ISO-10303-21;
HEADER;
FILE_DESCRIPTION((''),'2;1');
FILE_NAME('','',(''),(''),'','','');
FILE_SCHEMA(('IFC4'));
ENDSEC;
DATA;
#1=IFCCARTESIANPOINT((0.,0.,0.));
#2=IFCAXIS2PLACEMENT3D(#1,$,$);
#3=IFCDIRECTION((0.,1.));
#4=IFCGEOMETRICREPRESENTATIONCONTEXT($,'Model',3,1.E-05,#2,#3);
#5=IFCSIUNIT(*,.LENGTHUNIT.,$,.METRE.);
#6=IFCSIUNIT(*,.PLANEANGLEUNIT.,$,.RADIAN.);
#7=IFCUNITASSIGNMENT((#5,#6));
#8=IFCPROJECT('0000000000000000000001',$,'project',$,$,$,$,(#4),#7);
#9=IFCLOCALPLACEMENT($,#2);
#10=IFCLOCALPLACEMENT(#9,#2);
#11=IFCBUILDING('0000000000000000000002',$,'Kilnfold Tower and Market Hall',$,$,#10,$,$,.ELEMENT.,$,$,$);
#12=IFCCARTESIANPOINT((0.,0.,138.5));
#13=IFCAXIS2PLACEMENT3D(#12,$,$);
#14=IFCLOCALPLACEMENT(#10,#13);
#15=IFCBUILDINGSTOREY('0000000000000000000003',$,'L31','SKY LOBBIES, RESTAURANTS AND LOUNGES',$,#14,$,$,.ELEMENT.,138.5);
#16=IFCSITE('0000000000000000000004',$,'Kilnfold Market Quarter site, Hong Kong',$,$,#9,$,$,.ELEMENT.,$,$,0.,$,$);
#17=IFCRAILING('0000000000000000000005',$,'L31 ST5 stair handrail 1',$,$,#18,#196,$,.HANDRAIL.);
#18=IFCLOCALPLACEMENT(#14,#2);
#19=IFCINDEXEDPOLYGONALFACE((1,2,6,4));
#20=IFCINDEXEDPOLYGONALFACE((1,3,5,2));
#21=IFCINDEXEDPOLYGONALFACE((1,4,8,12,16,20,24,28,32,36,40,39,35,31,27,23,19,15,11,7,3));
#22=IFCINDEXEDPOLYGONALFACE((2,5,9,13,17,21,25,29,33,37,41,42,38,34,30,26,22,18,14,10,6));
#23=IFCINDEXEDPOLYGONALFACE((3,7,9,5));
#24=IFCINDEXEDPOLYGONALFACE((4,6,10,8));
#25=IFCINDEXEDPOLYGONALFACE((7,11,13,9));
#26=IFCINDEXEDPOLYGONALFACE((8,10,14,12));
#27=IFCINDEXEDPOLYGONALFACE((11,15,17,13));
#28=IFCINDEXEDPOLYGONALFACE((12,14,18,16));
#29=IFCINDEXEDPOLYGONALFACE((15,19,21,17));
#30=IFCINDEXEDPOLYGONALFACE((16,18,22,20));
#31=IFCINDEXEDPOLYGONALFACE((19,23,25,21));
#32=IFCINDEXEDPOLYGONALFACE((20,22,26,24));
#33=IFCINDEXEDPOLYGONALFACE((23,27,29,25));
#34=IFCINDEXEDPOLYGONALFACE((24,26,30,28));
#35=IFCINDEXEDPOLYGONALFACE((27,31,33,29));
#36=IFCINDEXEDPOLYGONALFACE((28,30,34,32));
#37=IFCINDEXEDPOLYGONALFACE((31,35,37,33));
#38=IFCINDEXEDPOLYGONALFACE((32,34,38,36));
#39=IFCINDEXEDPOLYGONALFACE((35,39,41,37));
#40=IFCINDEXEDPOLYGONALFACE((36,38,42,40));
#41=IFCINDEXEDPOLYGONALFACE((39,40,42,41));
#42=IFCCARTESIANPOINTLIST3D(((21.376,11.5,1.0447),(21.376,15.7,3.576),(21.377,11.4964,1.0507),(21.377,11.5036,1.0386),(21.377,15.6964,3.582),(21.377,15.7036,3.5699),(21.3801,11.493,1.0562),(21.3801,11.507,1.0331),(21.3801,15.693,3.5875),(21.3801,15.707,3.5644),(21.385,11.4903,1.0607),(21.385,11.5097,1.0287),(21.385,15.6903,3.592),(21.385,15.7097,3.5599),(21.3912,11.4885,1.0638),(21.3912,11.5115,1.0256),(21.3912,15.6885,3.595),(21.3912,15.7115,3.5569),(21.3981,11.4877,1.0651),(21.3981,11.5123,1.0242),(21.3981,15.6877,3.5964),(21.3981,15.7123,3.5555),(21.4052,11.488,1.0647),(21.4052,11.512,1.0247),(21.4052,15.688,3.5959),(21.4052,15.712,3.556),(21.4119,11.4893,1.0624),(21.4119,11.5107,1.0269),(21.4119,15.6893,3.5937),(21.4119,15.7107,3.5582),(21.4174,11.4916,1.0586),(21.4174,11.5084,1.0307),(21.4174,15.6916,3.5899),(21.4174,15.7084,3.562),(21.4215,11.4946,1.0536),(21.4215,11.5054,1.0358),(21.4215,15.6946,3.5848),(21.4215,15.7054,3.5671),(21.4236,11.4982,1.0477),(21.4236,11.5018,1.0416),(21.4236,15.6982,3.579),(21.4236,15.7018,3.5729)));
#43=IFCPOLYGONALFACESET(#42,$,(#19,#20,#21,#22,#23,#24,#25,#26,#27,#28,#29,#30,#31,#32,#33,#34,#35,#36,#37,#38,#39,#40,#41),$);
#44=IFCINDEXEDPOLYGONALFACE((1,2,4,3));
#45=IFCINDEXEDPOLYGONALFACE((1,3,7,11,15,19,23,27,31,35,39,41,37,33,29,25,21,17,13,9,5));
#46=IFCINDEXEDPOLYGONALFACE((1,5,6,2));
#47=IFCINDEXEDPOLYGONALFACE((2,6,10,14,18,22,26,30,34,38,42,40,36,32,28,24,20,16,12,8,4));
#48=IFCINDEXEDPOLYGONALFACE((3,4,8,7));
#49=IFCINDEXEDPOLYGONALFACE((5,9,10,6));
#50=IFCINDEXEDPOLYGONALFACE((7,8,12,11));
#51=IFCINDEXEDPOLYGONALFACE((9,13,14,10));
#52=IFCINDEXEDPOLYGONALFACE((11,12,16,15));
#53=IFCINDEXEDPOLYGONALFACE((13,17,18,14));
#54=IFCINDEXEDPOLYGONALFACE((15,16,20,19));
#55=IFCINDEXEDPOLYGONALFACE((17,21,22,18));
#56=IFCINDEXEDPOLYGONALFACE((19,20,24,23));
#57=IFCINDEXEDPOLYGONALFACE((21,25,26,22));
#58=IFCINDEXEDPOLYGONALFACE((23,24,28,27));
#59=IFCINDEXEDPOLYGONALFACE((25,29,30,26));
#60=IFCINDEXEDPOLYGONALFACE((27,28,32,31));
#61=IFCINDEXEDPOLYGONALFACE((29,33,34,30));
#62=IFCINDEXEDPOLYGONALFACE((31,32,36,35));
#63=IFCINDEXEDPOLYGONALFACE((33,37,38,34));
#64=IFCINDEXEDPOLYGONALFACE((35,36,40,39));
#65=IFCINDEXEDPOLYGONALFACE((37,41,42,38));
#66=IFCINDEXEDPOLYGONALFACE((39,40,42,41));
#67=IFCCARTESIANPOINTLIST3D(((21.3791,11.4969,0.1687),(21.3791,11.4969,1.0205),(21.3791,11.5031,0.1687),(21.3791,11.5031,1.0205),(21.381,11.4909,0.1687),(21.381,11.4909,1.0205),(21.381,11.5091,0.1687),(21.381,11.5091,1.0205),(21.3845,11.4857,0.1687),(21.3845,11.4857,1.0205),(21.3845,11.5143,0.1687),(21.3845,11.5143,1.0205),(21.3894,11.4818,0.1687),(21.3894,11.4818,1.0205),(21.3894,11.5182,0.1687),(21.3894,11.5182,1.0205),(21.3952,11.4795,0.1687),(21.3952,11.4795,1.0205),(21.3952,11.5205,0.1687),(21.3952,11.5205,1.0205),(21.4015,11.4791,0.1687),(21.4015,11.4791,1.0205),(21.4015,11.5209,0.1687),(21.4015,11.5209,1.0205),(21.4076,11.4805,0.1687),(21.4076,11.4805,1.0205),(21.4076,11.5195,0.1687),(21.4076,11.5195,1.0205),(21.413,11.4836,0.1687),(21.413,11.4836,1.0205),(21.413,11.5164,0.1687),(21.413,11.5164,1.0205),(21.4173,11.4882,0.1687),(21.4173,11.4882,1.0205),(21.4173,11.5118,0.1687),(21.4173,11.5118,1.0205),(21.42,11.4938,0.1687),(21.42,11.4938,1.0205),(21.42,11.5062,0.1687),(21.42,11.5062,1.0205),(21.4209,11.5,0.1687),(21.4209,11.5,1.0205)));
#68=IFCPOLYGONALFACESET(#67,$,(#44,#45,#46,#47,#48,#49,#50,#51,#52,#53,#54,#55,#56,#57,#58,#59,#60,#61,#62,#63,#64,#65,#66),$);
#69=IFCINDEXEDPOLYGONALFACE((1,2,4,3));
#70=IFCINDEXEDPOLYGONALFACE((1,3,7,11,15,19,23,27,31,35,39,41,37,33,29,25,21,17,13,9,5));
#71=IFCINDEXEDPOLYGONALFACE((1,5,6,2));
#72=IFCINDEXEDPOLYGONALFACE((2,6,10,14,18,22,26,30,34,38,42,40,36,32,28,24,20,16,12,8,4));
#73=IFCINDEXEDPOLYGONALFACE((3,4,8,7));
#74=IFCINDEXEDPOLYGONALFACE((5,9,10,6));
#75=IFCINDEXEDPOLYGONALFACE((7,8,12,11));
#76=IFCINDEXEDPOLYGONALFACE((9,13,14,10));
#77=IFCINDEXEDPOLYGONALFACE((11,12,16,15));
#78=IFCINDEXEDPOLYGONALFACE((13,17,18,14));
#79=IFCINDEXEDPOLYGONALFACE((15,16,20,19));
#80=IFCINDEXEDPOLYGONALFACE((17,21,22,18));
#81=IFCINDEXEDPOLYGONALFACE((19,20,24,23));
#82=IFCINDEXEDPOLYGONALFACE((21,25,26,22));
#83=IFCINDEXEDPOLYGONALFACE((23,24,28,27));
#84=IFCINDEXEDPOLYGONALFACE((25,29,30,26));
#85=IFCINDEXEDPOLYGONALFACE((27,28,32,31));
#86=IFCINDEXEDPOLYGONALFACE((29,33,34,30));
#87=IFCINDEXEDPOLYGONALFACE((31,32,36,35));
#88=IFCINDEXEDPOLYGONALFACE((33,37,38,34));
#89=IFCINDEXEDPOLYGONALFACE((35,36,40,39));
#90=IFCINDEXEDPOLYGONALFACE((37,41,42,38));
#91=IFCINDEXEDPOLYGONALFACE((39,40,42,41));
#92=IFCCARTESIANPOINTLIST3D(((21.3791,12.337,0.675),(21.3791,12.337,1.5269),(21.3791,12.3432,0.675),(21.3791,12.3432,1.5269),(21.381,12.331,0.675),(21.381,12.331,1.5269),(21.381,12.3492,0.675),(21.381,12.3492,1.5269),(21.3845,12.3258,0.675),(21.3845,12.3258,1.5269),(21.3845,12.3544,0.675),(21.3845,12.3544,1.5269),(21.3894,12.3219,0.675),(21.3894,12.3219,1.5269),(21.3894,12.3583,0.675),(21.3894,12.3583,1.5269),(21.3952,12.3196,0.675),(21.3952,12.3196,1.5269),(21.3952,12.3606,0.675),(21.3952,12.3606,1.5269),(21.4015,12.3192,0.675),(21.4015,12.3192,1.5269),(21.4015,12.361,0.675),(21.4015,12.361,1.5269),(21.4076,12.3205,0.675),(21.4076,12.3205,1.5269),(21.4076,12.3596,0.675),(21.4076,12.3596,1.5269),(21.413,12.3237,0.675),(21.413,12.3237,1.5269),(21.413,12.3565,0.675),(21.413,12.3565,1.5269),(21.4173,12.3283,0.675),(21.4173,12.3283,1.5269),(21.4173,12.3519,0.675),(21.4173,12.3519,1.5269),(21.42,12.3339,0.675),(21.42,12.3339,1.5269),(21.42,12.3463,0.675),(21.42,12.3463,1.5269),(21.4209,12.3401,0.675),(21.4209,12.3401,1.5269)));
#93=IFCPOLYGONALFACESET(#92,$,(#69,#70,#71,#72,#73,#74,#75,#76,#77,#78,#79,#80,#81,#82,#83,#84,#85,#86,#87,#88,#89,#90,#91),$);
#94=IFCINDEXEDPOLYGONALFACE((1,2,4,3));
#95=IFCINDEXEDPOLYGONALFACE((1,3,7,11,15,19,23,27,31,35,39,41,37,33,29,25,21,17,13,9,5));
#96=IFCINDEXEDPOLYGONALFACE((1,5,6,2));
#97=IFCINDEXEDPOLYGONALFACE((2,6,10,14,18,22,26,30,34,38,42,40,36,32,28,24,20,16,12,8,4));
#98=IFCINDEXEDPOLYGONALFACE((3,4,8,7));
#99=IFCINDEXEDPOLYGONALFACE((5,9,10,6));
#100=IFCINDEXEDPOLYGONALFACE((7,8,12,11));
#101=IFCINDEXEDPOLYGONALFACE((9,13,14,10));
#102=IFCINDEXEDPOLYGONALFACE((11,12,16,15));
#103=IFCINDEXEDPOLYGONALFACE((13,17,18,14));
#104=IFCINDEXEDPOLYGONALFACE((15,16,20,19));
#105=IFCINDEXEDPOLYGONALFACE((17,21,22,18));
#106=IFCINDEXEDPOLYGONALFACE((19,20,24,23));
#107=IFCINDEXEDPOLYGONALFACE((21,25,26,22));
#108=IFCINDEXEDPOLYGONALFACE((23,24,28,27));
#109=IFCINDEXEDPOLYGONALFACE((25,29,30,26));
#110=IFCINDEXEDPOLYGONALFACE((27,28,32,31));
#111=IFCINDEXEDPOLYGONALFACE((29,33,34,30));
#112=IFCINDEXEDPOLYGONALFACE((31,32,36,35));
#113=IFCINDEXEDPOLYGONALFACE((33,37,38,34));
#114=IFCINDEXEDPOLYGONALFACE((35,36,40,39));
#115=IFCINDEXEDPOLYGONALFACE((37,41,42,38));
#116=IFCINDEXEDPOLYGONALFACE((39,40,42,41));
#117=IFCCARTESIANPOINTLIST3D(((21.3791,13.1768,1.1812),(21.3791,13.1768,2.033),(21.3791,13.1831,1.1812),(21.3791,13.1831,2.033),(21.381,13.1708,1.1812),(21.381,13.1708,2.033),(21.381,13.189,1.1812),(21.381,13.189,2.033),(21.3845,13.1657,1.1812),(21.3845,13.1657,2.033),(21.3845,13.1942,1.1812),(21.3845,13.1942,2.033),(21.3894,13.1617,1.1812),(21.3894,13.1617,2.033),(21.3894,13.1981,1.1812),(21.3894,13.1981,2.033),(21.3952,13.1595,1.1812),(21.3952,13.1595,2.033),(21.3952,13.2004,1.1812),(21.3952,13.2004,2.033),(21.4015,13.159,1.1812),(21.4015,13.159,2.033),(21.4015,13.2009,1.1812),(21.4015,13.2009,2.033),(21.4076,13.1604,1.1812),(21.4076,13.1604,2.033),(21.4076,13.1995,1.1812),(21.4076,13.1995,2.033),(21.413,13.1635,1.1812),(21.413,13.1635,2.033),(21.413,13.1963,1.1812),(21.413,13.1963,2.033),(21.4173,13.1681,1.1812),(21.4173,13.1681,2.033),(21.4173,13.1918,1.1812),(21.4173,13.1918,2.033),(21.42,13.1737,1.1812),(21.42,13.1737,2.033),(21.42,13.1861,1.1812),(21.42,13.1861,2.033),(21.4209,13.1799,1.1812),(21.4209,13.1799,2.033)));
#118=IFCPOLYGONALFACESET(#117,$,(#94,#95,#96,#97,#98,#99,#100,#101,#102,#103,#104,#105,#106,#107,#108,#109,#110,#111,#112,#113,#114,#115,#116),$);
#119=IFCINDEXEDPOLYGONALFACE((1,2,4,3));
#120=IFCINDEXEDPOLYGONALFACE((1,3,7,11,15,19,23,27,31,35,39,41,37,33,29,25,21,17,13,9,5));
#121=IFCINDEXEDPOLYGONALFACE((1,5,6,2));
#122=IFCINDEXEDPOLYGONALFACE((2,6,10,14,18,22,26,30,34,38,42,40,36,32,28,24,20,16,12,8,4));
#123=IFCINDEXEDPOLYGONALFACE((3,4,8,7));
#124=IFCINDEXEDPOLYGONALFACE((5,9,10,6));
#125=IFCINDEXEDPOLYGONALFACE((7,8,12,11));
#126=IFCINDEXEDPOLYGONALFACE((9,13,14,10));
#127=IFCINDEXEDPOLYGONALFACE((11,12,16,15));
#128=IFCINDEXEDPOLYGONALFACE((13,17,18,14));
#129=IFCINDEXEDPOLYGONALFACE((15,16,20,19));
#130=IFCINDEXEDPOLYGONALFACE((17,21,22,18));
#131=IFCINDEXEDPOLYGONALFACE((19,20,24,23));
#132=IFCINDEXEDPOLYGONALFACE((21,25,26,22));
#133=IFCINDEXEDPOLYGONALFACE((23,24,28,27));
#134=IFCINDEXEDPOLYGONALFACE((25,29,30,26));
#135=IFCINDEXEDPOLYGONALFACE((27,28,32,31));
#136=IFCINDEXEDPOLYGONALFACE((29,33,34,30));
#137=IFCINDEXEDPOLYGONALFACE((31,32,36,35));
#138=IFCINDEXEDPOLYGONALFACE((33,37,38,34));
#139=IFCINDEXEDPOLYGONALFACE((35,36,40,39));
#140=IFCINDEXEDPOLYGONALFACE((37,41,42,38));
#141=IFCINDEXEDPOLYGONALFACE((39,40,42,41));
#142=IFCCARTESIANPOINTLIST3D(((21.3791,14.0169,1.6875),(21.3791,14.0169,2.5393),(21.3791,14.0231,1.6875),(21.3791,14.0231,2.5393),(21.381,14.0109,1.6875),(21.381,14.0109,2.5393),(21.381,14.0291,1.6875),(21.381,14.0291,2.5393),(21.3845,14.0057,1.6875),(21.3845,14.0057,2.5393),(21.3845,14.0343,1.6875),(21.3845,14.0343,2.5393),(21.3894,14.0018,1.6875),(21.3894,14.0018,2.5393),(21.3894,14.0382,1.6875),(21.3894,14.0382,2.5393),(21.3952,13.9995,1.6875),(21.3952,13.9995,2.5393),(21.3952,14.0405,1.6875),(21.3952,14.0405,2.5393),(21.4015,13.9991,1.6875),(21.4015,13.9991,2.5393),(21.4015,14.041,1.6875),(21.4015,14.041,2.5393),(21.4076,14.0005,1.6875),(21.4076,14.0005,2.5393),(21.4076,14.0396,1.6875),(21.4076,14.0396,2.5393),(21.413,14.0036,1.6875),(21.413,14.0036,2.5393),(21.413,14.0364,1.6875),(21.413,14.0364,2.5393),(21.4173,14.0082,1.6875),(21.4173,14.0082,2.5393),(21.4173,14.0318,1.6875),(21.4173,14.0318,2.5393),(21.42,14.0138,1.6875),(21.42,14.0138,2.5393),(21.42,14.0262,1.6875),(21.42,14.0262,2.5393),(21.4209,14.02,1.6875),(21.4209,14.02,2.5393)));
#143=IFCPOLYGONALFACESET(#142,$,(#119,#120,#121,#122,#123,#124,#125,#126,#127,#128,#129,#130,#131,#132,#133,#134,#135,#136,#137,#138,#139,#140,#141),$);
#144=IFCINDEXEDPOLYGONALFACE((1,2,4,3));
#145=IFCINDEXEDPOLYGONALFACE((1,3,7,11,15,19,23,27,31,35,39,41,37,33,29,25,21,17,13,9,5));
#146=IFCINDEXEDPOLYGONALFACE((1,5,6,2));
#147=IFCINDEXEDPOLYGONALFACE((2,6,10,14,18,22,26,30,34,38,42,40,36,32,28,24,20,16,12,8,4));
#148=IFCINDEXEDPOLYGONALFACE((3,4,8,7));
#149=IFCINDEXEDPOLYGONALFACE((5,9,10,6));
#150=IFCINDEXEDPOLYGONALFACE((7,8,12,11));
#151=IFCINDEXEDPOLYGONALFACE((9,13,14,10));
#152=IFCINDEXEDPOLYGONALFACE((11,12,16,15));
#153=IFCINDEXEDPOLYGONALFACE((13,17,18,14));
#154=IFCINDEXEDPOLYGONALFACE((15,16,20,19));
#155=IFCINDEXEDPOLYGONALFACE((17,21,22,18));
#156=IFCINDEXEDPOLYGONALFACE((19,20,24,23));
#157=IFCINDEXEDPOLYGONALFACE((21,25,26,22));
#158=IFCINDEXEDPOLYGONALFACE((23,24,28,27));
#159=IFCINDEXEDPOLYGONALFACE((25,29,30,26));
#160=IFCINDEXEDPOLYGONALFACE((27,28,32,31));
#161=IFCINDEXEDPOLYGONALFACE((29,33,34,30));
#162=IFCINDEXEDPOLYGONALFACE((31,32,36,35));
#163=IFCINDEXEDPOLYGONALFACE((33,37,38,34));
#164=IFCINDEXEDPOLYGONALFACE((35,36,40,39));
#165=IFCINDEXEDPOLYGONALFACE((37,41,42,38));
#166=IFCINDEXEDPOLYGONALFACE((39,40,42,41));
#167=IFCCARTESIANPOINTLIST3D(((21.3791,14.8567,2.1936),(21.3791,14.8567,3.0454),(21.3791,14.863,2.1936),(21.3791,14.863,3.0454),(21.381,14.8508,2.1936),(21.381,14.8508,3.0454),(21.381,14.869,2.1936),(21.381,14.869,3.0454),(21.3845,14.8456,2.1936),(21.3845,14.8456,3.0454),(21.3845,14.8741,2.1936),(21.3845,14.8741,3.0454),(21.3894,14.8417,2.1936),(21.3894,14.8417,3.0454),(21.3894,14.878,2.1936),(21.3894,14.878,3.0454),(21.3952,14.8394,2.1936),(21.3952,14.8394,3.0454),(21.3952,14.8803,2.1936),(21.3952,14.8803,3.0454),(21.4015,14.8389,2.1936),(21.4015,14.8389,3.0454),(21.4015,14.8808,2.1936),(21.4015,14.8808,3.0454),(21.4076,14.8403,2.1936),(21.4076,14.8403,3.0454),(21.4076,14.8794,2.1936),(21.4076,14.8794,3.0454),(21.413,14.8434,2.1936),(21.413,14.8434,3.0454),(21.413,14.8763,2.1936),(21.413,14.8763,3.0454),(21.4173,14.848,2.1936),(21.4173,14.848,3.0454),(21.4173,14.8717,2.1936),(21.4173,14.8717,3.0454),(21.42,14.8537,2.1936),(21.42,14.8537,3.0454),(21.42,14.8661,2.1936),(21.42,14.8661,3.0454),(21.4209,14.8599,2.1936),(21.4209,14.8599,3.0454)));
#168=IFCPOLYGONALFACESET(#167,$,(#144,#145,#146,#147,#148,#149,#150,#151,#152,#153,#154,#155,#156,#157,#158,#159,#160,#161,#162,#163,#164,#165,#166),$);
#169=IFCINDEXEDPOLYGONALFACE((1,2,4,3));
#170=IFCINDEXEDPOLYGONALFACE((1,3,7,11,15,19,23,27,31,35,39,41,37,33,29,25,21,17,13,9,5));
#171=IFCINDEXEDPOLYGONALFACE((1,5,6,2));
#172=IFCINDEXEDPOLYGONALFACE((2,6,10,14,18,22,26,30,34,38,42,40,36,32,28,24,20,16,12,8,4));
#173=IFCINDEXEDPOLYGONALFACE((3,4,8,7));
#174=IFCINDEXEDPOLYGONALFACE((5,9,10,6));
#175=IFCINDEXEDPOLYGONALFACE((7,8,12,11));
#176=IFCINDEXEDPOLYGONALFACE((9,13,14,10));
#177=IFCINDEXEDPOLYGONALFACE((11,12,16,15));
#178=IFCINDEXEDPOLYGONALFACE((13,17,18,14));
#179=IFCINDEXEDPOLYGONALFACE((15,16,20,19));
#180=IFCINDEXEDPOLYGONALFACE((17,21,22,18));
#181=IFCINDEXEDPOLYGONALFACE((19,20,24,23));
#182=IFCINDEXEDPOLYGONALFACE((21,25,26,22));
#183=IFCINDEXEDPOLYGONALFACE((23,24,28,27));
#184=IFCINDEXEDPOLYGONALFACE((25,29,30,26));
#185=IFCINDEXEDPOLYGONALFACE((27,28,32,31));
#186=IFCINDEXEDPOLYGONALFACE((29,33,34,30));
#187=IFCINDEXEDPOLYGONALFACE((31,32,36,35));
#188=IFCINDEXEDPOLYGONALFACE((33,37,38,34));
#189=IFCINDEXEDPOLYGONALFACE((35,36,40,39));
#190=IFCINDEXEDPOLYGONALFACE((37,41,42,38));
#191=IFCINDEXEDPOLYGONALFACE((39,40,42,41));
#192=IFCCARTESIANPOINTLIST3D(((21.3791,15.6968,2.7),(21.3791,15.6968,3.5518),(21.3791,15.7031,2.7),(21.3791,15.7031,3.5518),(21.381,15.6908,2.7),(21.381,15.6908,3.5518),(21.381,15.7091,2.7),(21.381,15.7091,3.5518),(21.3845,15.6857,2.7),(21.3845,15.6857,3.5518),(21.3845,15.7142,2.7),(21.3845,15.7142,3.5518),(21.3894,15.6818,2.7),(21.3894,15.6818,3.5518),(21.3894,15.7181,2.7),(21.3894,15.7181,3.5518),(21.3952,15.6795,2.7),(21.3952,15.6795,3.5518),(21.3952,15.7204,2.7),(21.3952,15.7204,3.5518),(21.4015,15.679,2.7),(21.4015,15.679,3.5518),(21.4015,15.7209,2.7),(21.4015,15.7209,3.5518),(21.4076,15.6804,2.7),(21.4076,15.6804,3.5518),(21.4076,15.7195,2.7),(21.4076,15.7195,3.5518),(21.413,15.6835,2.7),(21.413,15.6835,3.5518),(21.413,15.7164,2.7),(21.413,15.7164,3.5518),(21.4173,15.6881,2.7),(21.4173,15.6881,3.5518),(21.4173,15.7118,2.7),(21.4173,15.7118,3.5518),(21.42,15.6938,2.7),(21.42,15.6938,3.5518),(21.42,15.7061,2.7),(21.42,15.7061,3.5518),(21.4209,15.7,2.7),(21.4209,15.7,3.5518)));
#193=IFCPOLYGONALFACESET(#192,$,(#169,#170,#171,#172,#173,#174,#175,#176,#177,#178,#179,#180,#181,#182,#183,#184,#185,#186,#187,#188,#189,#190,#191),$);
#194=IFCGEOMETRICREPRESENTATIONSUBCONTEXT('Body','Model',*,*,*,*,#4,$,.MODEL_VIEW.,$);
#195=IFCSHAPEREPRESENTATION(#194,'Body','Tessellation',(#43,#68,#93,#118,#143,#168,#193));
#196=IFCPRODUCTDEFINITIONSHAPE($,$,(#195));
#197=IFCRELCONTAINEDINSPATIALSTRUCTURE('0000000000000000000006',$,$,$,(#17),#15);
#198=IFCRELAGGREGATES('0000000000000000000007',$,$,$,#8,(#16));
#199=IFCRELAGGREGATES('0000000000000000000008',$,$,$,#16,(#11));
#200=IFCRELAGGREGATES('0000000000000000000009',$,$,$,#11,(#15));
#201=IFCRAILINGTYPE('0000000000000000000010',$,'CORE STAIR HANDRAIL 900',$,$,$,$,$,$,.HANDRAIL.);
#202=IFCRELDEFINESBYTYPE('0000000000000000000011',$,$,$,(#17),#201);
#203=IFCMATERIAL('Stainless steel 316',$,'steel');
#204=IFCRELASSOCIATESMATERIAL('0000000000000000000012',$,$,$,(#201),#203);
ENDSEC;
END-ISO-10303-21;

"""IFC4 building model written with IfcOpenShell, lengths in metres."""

from ifc_helpers import new_model, si_unit, direction, frame, origin, origin_2d, place, context, subcontext, project, spatial, circle, extrude, material, type_object, element, save


model = new_model("IFC4")

# Units and contexts
model_context = context("Model", 3, precision=1e-05, world=origin(), true_north=direction((0.0, 1.0)))
body_context = subcontext(model_context, "Body", "Model", "MODEL_VIEW")
ifc_project = project(units=[si_unit("LENGTHUNIT", "METRE"), si_unit("PLANEANGLEUNIT", "RADIAN")], contexts=[model_context])

# Site, building, storey
site_placement = place(None, origin())
site = spatial("IfcSite", under=ifc_project, at=site_placement, Name="Kilnfold Market Quarter site, Hong Kong", CompositionType="ELEMENT", RefElevation=0.0)
building_placement = place(site_placement, origin())
building = spatial("IfcBuilding", under=site, at=building_placement, Name="Kilnfold Tower and Market Hall", CompositionType="ELEMENT")
storey_placement = place(building_placement, frame((0.0, 0.0, 138.5)))
storey = spatial("IfcBuildingStorey", under=building, at=storey_placement, Name="L31", Description="SKY LOBBIES, RESTAURANTS AND LOUNGES", CompositionType="ELEMENT", Elevation=138.5)

# Railing
ifc_material_1 = material(Name="Stainless steel 316", Category="steel")
railing_type_1 = type_object("IfcRailingType", Name="CORE STAIR HANDRAIL 900", PredefinedType="HANDRAIL", material=ifc_material_1)
railing_1_placement = place(storey_placement, frame((21.3999, 11.5, 0.1687)))
element("IfcRailing", 1, at=railing_1_placement, inside=storey, type_object=railing_type_1, Name="L31 ST5 stair handrail 1", PredefinedType="HANDRAIL", context=body_context, shape_type="SweptSolid", body=[
    extrude(circle(Radius=0.0239, at=origin_2d()), frame((0.0, 0.0, 0.876), z_axis=(0.0, 0.856476, 0.516186), x_axis=(-1.0, 0.0, 0.0)), (0.0, 0.0, 1.0), 4.9038),
    extrude(circle(Radius=0.021, at=origin_2d()), origin(), (0.0, 0.0, 1.0), 0.8518),
    extrude(circle(Radius=0.021, at=origin_2d()), frame((0.0, 0.8401, 0.5063)), (0.0, 0.0, 1.0), 0.8518),
    extrude(circle(Radius=0.021, at=origin_2d()), frame((0.0, 1.6799, 1.0125)), (0.0, 0.0, 1.0), 0.8518),
    extrude(circle(Radius=0.021, at=origin_2d()), frame((0.0, 2.52, 1.5188)), (0.0, 0.0, 1.0), 0.8518),
    extrude(circle(Radius=0.021, at=origin_2d()), frame((0.0, 3.3599, 2.0249)), (0.0, 0.0, 1.0), 0.8518),
    extrude(circle(Radius=0.021, at=origin_2d()), frame((0.0, 4.2, 2.5312)), (0.0, 0.0, 1.0), 0.8518),
])

save(model, "model.ifc")
